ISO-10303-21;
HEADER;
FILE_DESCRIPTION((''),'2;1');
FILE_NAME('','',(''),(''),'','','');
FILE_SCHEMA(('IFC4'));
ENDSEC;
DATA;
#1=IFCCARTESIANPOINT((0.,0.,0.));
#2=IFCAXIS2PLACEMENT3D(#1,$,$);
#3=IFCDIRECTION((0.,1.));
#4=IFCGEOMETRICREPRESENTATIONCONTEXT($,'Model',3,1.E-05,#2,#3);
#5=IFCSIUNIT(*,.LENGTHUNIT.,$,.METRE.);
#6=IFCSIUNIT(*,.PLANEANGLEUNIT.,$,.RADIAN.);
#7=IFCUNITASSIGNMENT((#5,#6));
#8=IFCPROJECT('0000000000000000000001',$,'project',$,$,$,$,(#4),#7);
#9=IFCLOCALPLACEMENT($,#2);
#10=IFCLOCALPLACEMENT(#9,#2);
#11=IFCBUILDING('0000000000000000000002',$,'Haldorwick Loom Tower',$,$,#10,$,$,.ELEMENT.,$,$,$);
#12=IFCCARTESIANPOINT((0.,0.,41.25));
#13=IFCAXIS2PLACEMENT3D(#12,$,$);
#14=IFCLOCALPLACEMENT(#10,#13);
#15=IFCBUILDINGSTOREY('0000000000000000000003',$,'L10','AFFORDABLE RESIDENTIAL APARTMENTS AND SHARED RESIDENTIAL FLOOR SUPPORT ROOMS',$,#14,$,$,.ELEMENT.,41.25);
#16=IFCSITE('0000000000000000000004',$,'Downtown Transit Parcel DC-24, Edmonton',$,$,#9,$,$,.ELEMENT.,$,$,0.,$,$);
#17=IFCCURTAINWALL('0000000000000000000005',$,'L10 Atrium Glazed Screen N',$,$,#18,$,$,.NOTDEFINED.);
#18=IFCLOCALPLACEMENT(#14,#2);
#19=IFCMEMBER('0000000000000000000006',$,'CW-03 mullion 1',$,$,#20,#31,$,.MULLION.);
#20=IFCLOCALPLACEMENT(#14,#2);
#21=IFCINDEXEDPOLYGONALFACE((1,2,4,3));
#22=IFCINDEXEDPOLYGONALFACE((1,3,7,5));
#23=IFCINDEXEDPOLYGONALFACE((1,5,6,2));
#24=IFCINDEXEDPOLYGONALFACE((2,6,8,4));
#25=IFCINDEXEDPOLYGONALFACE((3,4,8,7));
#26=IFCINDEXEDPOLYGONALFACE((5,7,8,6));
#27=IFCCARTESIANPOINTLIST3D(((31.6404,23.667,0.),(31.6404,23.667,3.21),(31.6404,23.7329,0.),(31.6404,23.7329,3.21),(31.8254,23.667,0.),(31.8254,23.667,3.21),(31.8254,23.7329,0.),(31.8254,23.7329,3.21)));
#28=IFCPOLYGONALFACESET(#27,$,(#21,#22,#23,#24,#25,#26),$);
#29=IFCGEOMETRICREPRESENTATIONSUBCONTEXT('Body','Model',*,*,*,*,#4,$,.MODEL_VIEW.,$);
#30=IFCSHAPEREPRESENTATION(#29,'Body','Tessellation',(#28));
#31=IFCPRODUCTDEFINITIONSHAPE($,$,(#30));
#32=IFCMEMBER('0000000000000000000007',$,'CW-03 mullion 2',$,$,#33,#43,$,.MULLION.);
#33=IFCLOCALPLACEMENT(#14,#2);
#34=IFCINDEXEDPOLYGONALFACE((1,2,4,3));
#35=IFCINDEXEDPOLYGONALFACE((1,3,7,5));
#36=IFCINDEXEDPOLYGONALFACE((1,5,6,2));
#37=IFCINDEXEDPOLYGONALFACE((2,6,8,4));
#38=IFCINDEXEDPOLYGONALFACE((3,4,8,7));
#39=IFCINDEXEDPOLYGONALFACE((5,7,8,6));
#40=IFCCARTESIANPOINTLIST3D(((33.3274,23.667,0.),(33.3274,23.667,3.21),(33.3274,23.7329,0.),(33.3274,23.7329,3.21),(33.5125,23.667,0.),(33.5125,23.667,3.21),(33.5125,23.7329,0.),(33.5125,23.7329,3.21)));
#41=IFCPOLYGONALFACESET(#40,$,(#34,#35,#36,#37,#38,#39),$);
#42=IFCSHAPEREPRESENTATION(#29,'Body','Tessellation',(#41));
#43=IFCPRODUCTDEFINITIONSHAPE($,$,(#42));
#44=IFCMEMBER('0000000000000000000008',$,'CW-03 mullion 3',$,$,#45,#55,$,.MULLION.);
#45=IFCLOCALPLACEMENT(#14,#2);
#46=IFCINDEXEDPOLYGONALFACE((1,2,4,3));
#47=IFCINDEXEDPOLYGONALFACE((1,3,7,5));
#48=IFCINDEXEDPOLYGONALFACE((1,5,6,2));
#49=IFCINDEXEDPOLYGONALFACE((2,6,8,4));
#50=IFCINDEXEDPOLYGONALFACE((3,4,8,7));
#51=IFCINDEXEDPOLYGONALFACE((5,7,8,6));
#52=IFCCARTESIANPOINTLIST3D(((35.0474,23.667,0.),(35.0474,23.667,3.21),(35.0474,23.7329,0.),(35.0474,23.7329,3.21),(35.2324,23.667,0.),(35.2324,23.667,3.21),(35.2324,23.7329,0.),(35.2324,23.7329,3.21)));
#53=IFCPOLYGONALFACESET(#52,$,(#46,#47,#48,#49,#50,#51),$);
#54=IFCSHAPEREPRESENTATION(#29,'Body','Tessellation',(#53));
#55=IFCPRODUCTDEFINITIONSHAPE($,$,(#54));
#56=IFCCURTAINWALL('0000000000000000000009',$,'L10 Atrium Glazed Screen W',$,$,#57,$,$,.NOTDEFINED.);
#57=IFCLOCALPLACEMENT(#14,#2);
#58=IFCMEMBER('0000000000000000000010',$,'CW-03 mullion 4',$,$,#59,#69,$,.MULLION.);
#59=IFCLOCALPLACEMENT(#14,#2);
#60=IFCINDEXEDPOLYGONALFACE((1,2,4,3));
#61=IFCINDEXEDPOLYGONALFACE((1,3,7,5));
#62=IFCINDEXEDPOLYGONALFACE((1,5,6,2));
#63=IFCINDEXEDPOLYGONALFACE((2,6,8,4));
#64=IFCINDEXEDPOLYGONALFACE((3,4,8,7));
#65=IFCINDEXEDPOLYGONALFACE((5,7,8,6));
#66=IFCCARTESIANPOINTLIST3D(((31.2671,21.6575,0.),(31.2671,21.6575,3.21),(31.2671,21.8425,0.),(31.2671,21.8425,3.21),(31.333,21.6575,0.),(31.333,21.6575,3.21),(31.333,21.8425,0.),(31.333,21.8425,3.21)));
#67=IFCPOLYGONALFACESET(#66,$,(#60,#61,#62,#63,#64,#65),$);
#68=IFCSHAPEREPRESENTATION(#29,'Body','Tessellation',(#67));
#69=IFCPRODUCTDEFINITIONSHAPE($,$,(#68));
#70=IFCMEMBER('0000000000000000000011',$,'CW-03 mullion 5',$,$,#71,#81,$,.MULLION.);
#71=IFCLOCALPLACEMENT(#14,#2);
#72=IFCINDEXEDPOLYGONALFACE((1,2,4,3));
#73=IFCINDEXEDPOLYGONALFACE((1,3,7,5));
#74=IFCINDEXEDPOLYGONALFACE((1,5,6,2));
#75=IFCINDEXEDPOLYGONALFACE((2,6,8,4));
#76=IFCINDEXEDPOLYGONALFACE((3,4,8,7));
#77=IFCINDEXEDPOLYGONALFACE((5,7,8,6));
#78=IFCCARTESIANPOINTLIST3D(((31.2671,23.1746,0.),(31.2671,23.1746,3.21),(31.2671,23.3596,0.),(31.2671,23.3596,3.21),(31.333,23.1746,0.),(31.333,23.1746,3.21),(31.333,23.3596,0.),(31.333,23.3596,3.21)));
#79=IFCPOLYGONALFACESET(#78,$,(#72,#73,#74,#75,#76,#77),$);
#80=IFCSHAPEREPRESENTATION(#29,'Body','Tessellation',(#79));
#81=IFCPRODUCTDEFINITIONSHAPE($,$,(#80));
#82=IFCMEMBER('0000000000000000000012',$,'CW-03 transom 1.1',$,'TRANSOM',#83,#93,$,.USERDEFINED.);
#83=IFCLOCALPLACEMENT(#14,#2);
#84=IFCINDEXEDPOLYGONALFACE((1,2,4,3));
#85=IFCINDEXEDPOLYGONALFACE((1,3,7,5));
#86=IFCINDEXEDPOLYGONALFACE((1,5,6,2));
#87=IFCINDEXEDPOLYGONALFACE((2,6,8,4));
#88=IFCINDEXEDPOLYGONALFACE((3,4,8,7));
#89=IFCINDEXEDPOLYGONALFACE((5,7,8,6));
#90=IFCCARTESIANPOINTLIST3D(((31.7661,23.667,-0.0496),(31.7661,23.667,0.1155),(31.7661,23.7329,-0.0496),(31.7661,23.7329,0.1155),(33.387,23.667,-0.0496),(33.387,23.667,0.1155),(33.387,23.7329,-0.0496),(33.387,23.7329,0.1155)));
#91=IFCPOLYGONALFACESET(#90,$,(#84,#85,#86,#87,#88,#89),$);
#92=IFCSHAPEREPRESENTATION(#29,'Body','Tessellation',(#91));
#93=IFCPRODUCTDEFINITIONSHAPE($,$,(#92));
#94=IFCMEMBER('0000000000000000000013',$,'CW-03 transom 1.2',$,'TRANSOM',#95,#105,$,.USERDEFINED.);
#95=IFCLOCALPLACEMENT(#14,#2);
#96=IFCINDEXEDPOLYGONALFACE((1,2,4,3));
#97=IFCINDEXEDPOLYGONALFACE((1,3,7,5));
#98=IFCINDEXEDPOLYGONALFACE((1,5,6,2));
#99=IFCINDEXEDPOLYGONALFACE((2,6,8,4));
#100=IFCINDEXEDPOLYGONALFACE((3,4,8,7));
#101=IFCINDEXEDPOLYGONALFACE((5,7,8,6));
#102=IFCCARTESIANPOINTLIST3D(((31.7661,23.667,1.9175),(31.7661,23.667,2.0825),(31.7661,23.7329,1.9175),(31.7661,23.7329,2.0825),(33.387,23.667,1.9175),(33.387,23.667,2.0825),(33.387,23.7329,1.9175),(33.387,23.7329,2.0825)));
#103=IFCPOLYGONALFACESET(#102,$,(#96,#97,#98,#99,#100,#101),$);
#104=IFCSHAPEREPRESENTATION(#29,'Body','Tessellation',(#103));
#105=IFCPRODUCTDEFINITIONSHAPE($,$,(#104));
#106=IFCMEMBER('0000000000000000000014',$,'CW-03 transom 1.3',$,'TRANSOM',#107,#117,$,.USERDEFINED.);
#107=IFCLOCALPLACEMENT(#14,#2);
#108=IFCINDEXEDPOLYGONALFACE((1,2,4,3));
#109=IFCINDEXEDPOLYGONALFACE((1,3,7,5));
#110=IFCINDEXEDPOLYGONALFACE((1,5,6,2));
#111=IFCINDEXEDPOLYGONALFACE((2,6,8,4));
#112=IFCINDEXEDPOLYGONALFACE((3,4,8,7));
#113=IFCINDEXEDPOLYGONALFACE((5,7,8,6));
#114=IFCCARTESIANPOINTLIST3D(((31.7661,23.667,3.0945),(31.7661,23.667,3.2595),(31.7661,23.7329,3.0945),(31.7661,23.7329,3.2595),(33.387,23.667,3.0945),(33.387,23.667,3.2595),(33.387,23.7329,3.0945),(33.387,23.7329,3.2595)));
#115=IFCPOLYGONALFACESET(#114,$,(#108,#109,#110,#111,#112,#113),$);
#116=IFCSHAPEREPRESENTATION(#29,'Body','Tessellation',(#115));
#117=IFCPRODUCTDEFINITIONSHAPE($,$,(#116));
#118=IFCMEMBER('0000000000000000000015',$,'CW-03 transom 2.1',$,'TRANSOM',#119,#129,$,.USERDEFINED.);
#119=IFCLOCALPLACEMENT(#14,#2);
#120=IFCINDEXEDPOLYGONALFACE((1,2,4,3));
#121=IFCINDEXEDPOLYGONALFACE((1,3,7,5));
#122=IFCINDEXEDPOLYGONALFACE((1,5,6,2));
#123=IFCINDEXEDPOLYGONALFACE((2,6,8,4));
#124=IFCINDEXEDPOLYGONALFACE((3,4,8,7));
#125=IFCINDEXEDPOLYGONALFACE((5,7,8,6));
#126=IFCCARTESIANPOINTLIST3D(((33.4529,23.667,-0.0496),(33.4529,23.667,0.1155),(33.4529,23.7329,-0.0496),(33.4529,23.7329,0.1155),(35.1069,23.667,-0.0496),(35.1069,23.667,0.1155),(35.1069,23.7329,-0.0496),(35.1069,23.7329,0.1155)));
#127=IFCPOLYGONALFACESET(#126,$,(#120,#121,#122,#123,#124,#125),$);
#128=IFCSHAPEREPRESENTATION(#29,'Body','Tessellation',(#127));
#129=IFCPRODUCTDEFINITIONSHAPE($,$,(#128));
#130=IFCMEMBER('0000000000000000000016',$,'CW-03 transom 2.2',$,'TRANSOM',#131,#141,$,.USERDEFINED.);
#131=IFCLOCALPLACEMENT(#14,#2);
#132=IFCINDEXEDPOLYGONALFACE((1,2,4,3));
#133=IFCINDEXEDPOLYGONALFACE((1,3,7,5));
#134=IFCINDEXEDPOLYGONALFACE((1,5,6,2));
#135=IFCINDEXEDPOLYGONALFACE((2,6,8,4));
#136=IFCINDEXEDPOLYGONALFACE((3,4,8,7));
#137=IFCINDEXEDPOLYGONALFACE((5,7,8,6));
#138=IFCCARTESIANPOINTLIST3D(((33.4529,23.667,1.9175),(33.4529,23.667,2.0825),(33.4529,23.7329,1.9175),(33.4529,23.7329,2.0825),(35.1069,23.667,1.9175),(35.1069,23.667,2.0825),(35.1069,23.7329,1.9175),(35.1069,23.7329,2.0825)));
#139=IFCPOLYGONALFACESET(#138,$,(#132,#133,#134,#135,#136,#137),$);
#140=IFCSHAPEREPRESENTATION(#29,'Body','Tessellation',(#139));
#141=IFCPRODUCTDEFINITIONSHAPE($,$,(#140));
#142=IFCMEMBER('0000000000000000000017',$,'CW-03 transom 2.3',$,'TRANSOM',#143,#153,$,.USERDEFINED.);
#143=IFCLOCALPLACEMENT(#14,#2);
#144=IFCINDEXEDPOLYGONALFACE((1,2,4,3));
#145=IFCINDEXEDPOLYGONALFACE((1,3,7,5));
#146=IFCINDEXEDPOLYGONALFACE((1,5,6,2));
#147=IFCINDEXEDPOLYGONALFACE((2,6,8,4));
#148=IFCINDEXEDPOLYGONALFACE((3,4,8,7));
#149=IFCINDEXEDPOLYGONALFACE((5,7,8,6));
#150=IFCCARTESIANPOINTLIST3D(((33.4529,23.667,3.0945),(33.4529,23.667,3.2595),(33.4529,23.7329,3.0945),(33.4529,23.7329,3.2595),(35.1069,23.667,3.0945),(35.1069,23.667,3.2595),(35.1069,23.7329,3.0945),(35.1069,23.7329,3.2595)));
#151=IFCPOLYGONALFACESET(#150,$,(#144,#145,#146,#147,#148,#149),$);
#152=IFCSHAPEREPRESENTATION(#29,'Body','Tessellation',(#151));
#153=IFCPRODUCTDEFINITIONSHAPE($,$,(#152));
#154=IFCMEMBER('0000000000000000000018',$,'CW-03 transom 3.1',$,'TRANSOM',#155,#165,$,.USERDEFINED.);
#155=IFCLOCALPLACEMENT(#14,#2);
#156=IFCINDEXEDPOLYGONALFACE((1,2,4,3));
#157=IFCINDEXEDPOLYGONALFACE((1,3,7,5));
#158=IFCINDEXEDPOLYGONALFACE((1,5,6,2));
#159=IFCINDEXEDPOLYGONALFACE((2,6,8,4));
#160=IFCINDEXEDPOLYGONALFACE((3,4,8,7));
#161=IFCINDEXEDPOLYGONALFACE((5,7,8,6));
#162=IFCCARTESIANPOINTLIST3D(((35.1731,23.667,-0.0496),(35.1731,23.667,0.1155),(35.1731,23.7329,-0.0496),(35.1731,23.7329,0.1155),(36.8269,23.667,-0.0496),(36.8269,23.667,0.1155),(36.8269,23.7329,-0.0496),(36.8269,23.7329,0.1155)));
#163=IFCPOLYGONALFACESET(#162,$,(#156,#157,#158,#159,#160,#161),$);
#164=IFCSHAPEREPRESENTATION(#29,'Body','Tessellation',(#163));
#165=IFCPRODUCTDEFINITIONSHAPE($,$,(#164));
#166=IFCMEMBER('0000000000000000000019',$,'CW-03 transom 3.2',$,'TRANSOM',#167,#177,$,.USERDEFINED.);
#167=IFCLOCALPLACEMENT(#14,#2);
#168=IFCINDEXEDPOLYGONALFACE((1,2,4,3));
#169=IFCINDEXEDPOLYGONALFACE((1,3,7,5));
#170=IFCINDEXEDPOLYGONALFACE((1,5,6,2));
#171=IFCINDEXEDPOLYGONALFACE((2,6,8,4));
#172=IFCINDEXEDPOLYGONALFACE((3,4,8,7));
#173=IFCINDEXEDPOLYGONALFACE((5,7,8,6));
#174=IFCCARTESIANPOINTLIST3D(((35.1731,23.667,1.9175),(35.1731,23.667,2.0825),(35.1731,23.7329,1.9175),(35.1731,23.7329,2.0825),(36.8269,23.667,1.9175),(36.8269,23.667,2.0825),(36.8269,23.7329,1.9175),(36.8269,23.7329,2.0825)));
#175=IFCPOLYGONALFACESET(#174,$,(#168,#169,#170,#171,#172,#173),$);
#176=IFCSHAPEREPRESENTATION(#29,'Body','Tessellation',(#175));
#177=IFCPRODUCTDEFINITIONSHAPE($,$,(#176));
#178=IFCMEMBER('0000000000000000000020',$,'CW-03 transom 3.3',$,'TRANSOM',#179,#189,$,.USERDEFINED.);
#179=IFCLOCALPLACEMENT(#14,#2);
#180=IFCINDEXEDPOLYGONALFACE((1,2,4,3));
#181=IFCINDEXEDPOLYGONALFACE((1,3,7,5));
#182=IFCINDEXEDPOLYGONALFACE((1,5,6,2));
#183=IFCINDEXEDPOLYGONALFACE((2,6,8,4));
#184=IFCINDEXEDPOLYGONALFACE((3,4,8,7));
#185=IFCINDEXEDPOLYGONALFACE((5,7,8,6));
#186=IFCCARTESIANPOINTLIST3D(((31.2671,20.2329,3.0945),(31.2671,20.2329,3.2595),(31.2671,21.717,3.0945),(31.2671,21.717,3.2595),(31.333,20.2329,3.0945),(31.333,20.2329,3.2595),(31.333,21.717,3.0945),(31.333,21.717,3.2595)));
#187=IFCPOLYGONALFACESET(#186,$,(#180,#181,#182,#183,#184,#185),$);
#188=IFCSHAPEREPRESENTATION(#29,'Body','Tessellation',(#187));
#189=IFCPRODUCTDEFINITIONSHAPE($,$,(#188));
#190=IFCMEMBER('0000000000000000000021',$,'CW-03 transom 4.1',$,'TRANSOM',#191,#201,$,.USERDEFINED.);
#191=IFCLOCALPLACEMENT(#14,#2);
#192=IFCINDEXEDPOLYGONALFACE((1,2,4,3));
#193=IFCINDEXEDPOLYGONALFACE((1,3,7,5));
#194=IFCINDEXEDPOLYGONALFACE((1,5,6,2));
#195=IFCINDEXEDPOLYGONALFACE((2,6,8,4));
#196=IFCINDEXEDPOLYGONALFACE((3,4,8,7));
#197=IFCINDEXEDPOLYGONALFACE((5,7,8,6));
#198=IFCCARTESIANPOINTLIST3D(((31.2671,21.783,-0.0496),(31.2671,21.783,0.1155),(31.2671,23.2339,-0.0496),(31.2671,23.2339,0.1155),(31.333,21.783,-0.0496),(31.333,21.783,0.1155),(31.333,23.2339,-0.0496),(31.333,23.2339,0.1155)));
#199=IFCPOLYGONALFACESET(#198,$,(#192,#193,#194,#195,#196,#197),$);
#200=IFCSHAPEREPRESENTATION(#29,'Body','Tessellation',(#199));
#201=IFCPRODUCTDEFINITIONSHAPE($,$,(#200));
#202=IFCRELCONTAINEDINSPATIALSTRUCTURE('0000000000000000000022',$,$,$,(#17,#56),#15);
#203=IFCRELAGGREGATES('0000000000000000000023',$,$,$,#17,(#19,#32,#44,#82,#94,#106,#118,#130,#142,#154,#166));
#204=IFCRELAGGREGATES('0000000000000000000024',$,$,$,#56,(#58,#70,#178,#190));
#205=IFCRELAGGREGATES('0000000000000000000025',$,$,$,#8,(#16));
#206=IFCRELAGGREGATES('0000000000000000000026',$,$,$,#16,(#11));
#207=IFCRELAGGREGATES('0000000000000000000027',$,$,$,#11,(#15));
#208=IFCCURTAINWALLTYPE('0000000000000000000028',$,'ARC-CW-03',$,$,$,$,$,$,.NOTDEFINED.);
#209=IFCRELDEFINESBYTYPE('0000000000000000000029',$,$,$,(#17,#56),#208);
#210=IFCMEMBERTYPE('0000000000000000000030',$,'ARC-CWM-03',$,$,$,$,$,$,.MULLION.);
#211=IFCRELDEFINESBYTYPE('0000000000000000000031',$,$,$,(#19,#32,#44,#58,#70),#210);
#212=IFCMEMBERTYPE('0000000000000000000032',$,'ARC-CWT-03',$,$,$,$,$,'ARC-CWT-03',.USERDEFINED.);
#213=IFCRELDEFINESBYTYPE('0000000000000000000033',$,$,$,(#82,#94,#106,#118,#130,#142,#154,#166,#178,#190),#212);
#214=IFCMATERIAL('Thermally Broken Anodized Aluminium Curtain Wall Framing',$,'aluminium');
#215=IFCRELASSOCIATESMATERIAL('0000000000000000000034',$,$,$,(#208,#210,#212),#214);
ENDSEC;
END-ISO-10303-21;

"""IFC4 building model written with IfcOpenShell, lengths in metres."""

from ifc_helpers import new_model, si_unit, direction, frame, origin, origin_2d, place, context, subcontext, project, spatial, rectangle, extrude, material, material_profile, profile_set, type_object, element, aggregate, save


model = new_model("IFC4")

# Units and contexts
model_context = context("Model", 3, precision=1e-05, world=origin(), true_north=direction((0.0, 1.0)))
body_context = subcontext(model_context, "Body", "Model", "MODEL_VIEW")
ifc_project = project(units=[si_unit("LENGTHUNIT", "METRE"), si_unit("PLANEANGLEUNIT", "RADIAN")], contexts=[model_context])

# Site, building, storey
site_placement = place(None, origin())
site = spatial("IfcSite", under=ifc_project, at=site_placement, Name="Downtown Transit Parcel DC-24, Edmonton", CompositionType="ELEMENT", RefElevation=0.0)
building_placement = place(site_placement, origin())
building = spatial("IfcBuilding", under=site, at=building_placement, Name="Haldorwick Loom Tower", CompositionType="ELEMENT")
storey_placement = place(building_placement, frame((0.0, 0.0, 41.25)))
storey = spatial("IfcBuildingStorey", under=building, at=storey_placement, Name="L10", Description="AFFORDABLE RESIDENTIAL APARTMENTS AND SHARED RESIDENTIAL FLOOR SUPPORT ROOMS", CompositionType="ELEMENT", Elevation=41.25)

# Curtain walls, members
ifc_material_1 = material(Name="Thermally Broken Anodized Aluminium Curtain Wall Framing", Category="aluminium")
curtain_wall_type = type_object("IfcCurtainWallType", Name="ARC-CW-03", PredefinedType="NOTDEFINED", material=ifc_material_1)
curtain_wall_1_placement = place(storey_placement, origin())
curtain_wall_1 = element("IfcCurtainWall", 1, at=curtain_wall_1_placement, inside=storey, type_object=curtain_wall_type, Name="L10 Atrium Glazed Screen N", PredefinedType="NOTDEFINED")
ifc_material_profile_1 = material_profile(ifc_material_1, rectangle(XDim=0.0659, YDim=0.1851, at=origin_2d()), Name="ALU_MUL_66X185", Category="aluminium")
ifc_profile_set_1 = profile_set([ifc_material_profile_1], Name="Thermally Broken Anodized Aluminium Curtain Wall Framing")
member_type_1 = type_object("IfcMemberType", Name="ARC-CWM-03", PredefinedType="MULLION", material=ifc_profile_set_1)
member_1_placement = place(storey_placement, frame((31.7329, 23.7, 0.0), z_axis=(0.0, 0.0, 1.0), x_axis=(0.0, 1.0, 0.0)))
member_1 = element("IfcMember", 2, at=member_1_placement, type_object=member_type_1, Name="CW-03 mullion 1", PredefinedType="MULLION", context=body_context, shape_type="SweptSolid", body=[
    extrude(rectangle(XDim=0.0659, YDim=0.1851, at=origin_2d()), origin(), (0.0, 0.0, 1.0), 3.21),
])
member_2_placement = place(storey_placement, frame((33.4199, 23.7, 0.0), z_axis=(0.0, 0.0, 1.0), x_axis=(0.0, 1.0, 0.0)))
member_2 = element("IfcMember", 3, at=member_2_placement, type_object=member_type_1, Name="CW-03 mullion 2", PredefinedType="MULLION", context=body_context, shape_type="SweptSolid", body=[
    extrude(rectangle(XDim=0.0659, YDim=0.1851, at=origin_2d()), origin(), (0.0, 0.0, 1.0), 3.21),
])
member_3_placement = place(storey_placement, frame((35.1399, 23.7, 0.0), z_axis=(0.0, 0.0, 1.0), x_axis=(0.0, 1.0, 0.0)))
member_3 = element("IfcMember", 4, at=member_3_placement, type_object=member_type_1, Name="CW-03 mullion 3", PredefinedType="MULLION", context=body_context, shape_type="SweptSolid", body=[
    extrude(rectangle(XDim=0.0659, YDim=0.1851, at=origin_2d()), origin(), (0.0, 0.0, 1.0), 3.21),
])
curtain_wall_2_placement = place(storey_placement, origin())
curtain_wall_2 = element("IfcCurtainWall", 5, at=curtain_wall_2_placement, inside=storey, type_object=curtain_wall_type, Name="L10 Atrium Glazed Screen W", PredefinedType="NOTDEFINED")
member_4_placement = place(storey_placement, frame((31.3, 21.75, 0.0), z_axis=(0.0, 0.0, 1.0), x_axis=(-1.0, 0.0, 0.0)))
member_4 = element("IfcMember", 6, at=member_4_placement, type_object=member_type_1, Name="CW-03 mullion 4", PredefinedType="MULLION", context=body_context, shape_type="SweptSolid", body=[
    extrude(rectangle(XDim=0.0659, YDim=0.1851, at=origin_2d()), origin(), (0.0, 0.0, 1.0), 3.21),
])
member_5_placement = place(storey_placement, frame((31.3, 23.2671, 0.0), z_axis=(0.0, 0.0, 1.0), x_axis=(-1.0, 0.0, 0.0)))
member_5 = element("IfcMember", 7, at=member_5_placement, type_object=member_type_1, Name="CW-03 mullion 5", PredefinedType="MULLION", context=body_context, shape_type="SweptSolid", body=[
    extrude(rectangle(XDim=0.0659, YDim=0.1851, at=origin_2d()), origin(), (0.0, 0.0, 1.0), 3.21),
])

# Members
ifc_material_profile_2 = material_profile(ifc_material_1, rectangle(XDim=0.0659, YDim=0.165, at=origin_2d()), Name="ALU_TRN_66X165", Category="aluminium")
ifc_profile_set_2 = profile_set([ifc_material_profile_2], Name="Thermally Broken Anodized Aluminium Curtain Wall Framing")
member_type_2 = type_object("IfcMemberType", Name="ARC-CWT-03", ElementType="ARC-CWT-03", PredefinedType="USERDEFINED", material=ifc_profile_set_2)
member_6_placement = place(storey_placement, frame((31.7661, 23.7, 0.033), z_axis=(1.0, 0.0, 0.0), x_axis=(0.0, 1.0, 0.0)))
member_6 = element("IfcMember", 8, at=member_6_placement, type_object=member_type_2, Name="CW-03 transom 1.1", ObjectType="TRANSOM", PredefinedType="USERDEFINED", context=body_context, shape_type="SweptSolid", body=[
    extrude(rectangle(XDim=0.0659, YDim=0.165, at=origin_2d()), origin(), (0.0, 0.0, 1.0), 1.6208),
])
member_7_placement = place(storey_placement, frame((31.7661, 23.7, 2.0), z_axis=(1.0, 0.0, 0.0), x_axis=(0.0, 1.0, 0.0)))
member_7 = element("IfcMember", 9, at=member_7_placement, type_object=member_type_2, Name="CW-03 transom 1.2", ObjectType="TRANSOM", PredefinedType="USERDEFINED", context=body_context, shape_type="SweptSolid", body=[
    extrude(rectangle(XDim=0.0659, YDim=0.165, at=origin_2d()), origin(), (0.0, 0.0, 1.0), 1.6208),
])
member_8_placement = place(storey_placement, frame((31.7661, 23.7, 3.177), z_axis=(1.0, 0.0, 0.0), x_axis=(0.0, 1.0, 0.0)))
member_8 = element("IfcMember", 10, at=member_8_placement, type_object=member_type_2, Name="CW-03 transom 1.3", ObjectType="TRANSOM", PredefinedType="USERDEFINED", context=body_context, shape_type="SweptSolid", body=[
    extrude(rectangle(XDim=0.0659, YDim=0.165, at=origin_2d()), origin(), (0.0, 0.0, 1.0), 1.6208),
])
member_9_placement = place(storey_placement, frame((33.4529, 23.7, 0.033), z_axis=(1.0, 0.0, 0.0), x_axis=(0.0, 1.0, 0.0)))
member_9 = element("IfcMember", 11, at=member_9_placement, type_object=member_type_2, Name="CW-03 transom 2.1", ObjectType="TRANSOM", PredefinedType="USERDEFINED", context=body_context, shape_type="SweptSolid", body=[
    extrude(rectangle(XDim=0.0659, YDim=0.165, at=origin_2d()), origin(), (0.0, 0.0, 1.0), 1.6541),
])
member_10_placement = place(storey_placement, frame((33.4529, 23.7, 2.0), z_axis=(1.0, 0.0, 0.0), x_axis=(0.0, 1.0, 0.0)))
member_10 = element("IfcMember", 12, at=member_10_placement, type_object=member_type_2, Name="CW-03 transom 2.2", ObjectType="TRANSOM", PredefinedType="USERDEFINED", context=body_context, shape_type="SweptSolid", body=[
    extrude(rectangle(XDim=0.0659, YDim=0.165, at=origin_2d()), origin(), (0.0, 0.0, 1.0), 1.6541),
])
member_11_placement = place(storey_placement, frame((33.4529, 23.7, 3.177), z_axis=(1.0, 0.0, 0.0), x_axis=(0.0, 1.0, 0.0)))
member_11 = element("IfcMember", 13, at=member_11_placement, type_object=member_type_2, Name="CW-03 transom 2.3", ObjectType="TRANSOM", PredefinedType="USERDEFINED", context=body_context, shape_type="SweptSolid", body=[
    extrude(rectangle(XDim=0.0659, YDim=0.165, at=origin_2d()), origin(), (0.0, 0.0, 1.0), 1.6541),
])
member_12_placement = place(storey_placement, frame((35.1731, 23.7, 0.033), z_axis=(1.0, 0.0, 0.0), x_axis=(0.0, 1.0, 0.0)))
member_12 = element("IfcMember", 14, at=member_12_placement, type_object=member_type_2, Name="CW-03 transom 3.1", ObjectType="TRANSOM", PredefinedType="USERDEFINED", context=body_context, shape_type="SweptSolid", body=[
    extrude(rectangle(XDim=0.0659, YDim=0.165, at=origin_2d()), origin(), (0.0, 0.0, 1.0), 1.6538),
])
member_13_placement = place(storey_placement, frame((35.1731, 23.7, 2.0), z_axis=(1.0, 0.0, 0.0), x_axis=(0.0, 1.0, 0.0)))
member_13 = element("IfcMember", 15, at=member_13_placement, type_object=member_type_2, Name="CW-03 transom 3.2", ObjectType="TRANSOM", PredefinedType="USERDEFINED", context=body_context, shape_type="SweptSolid", body=[
    extrude(rectangle(XDim=0.0659, YDim=0.165, at=origin_2d()), origin(), (0.0, 0.0, 1.0), 1.6538),
])
member_14_placement = place(storey_placement, frame((31.3, 20.2329, 3.177), z_axis=(0.0, 1.0, 0.0), x_axis=(-1.0, 0.0, 0.0)))
member_14 = element("IfcMember", 16, at=member_14_placement, type_object=member_type_2, Name="CW-03 transom 3.3", ObjectType="TRANSOM", PredefinedType="USERDEFINED", context=body_context, shape_type="SweptSolid", body=[
    extrude(rectangle(XDim=0.0659, YDim=0.165, at=origin_2d()), origin(), (0.0, 0.0, 1.0), 1.4841),
])
member_15_placement = place(storey_placement, frame((31.3, 21.783, 0.033), z_axis=(0.0, 1.0, 0.0), x_axis=(-1.0, 0.0, 0.0)))
member_15 = element("IfcMember", 17, at=member_15_placement, type_object=member_type_2, Name="CW-03 transom 4.1", ObjectType="TRANSOM", PredefinedType="USERDEFINED", context=body_context, shape_type="SweptSolid", body=[
    extrude(rectangle(XDim=0.0659, YDim=0.165, at=origin_2d()), origin(), (0.0, 0.0, 1.0), 1.4509),
])

aggregate(curtain_wall_1, [member_1, member_2, member_3, member_6, member_7, member_8, member_9, member_10, member_11, member_12, member_13])
aggregate(curtain_wall_2, [member_4, member_5, member_14, member_15])

save(model, "model.ifc")
